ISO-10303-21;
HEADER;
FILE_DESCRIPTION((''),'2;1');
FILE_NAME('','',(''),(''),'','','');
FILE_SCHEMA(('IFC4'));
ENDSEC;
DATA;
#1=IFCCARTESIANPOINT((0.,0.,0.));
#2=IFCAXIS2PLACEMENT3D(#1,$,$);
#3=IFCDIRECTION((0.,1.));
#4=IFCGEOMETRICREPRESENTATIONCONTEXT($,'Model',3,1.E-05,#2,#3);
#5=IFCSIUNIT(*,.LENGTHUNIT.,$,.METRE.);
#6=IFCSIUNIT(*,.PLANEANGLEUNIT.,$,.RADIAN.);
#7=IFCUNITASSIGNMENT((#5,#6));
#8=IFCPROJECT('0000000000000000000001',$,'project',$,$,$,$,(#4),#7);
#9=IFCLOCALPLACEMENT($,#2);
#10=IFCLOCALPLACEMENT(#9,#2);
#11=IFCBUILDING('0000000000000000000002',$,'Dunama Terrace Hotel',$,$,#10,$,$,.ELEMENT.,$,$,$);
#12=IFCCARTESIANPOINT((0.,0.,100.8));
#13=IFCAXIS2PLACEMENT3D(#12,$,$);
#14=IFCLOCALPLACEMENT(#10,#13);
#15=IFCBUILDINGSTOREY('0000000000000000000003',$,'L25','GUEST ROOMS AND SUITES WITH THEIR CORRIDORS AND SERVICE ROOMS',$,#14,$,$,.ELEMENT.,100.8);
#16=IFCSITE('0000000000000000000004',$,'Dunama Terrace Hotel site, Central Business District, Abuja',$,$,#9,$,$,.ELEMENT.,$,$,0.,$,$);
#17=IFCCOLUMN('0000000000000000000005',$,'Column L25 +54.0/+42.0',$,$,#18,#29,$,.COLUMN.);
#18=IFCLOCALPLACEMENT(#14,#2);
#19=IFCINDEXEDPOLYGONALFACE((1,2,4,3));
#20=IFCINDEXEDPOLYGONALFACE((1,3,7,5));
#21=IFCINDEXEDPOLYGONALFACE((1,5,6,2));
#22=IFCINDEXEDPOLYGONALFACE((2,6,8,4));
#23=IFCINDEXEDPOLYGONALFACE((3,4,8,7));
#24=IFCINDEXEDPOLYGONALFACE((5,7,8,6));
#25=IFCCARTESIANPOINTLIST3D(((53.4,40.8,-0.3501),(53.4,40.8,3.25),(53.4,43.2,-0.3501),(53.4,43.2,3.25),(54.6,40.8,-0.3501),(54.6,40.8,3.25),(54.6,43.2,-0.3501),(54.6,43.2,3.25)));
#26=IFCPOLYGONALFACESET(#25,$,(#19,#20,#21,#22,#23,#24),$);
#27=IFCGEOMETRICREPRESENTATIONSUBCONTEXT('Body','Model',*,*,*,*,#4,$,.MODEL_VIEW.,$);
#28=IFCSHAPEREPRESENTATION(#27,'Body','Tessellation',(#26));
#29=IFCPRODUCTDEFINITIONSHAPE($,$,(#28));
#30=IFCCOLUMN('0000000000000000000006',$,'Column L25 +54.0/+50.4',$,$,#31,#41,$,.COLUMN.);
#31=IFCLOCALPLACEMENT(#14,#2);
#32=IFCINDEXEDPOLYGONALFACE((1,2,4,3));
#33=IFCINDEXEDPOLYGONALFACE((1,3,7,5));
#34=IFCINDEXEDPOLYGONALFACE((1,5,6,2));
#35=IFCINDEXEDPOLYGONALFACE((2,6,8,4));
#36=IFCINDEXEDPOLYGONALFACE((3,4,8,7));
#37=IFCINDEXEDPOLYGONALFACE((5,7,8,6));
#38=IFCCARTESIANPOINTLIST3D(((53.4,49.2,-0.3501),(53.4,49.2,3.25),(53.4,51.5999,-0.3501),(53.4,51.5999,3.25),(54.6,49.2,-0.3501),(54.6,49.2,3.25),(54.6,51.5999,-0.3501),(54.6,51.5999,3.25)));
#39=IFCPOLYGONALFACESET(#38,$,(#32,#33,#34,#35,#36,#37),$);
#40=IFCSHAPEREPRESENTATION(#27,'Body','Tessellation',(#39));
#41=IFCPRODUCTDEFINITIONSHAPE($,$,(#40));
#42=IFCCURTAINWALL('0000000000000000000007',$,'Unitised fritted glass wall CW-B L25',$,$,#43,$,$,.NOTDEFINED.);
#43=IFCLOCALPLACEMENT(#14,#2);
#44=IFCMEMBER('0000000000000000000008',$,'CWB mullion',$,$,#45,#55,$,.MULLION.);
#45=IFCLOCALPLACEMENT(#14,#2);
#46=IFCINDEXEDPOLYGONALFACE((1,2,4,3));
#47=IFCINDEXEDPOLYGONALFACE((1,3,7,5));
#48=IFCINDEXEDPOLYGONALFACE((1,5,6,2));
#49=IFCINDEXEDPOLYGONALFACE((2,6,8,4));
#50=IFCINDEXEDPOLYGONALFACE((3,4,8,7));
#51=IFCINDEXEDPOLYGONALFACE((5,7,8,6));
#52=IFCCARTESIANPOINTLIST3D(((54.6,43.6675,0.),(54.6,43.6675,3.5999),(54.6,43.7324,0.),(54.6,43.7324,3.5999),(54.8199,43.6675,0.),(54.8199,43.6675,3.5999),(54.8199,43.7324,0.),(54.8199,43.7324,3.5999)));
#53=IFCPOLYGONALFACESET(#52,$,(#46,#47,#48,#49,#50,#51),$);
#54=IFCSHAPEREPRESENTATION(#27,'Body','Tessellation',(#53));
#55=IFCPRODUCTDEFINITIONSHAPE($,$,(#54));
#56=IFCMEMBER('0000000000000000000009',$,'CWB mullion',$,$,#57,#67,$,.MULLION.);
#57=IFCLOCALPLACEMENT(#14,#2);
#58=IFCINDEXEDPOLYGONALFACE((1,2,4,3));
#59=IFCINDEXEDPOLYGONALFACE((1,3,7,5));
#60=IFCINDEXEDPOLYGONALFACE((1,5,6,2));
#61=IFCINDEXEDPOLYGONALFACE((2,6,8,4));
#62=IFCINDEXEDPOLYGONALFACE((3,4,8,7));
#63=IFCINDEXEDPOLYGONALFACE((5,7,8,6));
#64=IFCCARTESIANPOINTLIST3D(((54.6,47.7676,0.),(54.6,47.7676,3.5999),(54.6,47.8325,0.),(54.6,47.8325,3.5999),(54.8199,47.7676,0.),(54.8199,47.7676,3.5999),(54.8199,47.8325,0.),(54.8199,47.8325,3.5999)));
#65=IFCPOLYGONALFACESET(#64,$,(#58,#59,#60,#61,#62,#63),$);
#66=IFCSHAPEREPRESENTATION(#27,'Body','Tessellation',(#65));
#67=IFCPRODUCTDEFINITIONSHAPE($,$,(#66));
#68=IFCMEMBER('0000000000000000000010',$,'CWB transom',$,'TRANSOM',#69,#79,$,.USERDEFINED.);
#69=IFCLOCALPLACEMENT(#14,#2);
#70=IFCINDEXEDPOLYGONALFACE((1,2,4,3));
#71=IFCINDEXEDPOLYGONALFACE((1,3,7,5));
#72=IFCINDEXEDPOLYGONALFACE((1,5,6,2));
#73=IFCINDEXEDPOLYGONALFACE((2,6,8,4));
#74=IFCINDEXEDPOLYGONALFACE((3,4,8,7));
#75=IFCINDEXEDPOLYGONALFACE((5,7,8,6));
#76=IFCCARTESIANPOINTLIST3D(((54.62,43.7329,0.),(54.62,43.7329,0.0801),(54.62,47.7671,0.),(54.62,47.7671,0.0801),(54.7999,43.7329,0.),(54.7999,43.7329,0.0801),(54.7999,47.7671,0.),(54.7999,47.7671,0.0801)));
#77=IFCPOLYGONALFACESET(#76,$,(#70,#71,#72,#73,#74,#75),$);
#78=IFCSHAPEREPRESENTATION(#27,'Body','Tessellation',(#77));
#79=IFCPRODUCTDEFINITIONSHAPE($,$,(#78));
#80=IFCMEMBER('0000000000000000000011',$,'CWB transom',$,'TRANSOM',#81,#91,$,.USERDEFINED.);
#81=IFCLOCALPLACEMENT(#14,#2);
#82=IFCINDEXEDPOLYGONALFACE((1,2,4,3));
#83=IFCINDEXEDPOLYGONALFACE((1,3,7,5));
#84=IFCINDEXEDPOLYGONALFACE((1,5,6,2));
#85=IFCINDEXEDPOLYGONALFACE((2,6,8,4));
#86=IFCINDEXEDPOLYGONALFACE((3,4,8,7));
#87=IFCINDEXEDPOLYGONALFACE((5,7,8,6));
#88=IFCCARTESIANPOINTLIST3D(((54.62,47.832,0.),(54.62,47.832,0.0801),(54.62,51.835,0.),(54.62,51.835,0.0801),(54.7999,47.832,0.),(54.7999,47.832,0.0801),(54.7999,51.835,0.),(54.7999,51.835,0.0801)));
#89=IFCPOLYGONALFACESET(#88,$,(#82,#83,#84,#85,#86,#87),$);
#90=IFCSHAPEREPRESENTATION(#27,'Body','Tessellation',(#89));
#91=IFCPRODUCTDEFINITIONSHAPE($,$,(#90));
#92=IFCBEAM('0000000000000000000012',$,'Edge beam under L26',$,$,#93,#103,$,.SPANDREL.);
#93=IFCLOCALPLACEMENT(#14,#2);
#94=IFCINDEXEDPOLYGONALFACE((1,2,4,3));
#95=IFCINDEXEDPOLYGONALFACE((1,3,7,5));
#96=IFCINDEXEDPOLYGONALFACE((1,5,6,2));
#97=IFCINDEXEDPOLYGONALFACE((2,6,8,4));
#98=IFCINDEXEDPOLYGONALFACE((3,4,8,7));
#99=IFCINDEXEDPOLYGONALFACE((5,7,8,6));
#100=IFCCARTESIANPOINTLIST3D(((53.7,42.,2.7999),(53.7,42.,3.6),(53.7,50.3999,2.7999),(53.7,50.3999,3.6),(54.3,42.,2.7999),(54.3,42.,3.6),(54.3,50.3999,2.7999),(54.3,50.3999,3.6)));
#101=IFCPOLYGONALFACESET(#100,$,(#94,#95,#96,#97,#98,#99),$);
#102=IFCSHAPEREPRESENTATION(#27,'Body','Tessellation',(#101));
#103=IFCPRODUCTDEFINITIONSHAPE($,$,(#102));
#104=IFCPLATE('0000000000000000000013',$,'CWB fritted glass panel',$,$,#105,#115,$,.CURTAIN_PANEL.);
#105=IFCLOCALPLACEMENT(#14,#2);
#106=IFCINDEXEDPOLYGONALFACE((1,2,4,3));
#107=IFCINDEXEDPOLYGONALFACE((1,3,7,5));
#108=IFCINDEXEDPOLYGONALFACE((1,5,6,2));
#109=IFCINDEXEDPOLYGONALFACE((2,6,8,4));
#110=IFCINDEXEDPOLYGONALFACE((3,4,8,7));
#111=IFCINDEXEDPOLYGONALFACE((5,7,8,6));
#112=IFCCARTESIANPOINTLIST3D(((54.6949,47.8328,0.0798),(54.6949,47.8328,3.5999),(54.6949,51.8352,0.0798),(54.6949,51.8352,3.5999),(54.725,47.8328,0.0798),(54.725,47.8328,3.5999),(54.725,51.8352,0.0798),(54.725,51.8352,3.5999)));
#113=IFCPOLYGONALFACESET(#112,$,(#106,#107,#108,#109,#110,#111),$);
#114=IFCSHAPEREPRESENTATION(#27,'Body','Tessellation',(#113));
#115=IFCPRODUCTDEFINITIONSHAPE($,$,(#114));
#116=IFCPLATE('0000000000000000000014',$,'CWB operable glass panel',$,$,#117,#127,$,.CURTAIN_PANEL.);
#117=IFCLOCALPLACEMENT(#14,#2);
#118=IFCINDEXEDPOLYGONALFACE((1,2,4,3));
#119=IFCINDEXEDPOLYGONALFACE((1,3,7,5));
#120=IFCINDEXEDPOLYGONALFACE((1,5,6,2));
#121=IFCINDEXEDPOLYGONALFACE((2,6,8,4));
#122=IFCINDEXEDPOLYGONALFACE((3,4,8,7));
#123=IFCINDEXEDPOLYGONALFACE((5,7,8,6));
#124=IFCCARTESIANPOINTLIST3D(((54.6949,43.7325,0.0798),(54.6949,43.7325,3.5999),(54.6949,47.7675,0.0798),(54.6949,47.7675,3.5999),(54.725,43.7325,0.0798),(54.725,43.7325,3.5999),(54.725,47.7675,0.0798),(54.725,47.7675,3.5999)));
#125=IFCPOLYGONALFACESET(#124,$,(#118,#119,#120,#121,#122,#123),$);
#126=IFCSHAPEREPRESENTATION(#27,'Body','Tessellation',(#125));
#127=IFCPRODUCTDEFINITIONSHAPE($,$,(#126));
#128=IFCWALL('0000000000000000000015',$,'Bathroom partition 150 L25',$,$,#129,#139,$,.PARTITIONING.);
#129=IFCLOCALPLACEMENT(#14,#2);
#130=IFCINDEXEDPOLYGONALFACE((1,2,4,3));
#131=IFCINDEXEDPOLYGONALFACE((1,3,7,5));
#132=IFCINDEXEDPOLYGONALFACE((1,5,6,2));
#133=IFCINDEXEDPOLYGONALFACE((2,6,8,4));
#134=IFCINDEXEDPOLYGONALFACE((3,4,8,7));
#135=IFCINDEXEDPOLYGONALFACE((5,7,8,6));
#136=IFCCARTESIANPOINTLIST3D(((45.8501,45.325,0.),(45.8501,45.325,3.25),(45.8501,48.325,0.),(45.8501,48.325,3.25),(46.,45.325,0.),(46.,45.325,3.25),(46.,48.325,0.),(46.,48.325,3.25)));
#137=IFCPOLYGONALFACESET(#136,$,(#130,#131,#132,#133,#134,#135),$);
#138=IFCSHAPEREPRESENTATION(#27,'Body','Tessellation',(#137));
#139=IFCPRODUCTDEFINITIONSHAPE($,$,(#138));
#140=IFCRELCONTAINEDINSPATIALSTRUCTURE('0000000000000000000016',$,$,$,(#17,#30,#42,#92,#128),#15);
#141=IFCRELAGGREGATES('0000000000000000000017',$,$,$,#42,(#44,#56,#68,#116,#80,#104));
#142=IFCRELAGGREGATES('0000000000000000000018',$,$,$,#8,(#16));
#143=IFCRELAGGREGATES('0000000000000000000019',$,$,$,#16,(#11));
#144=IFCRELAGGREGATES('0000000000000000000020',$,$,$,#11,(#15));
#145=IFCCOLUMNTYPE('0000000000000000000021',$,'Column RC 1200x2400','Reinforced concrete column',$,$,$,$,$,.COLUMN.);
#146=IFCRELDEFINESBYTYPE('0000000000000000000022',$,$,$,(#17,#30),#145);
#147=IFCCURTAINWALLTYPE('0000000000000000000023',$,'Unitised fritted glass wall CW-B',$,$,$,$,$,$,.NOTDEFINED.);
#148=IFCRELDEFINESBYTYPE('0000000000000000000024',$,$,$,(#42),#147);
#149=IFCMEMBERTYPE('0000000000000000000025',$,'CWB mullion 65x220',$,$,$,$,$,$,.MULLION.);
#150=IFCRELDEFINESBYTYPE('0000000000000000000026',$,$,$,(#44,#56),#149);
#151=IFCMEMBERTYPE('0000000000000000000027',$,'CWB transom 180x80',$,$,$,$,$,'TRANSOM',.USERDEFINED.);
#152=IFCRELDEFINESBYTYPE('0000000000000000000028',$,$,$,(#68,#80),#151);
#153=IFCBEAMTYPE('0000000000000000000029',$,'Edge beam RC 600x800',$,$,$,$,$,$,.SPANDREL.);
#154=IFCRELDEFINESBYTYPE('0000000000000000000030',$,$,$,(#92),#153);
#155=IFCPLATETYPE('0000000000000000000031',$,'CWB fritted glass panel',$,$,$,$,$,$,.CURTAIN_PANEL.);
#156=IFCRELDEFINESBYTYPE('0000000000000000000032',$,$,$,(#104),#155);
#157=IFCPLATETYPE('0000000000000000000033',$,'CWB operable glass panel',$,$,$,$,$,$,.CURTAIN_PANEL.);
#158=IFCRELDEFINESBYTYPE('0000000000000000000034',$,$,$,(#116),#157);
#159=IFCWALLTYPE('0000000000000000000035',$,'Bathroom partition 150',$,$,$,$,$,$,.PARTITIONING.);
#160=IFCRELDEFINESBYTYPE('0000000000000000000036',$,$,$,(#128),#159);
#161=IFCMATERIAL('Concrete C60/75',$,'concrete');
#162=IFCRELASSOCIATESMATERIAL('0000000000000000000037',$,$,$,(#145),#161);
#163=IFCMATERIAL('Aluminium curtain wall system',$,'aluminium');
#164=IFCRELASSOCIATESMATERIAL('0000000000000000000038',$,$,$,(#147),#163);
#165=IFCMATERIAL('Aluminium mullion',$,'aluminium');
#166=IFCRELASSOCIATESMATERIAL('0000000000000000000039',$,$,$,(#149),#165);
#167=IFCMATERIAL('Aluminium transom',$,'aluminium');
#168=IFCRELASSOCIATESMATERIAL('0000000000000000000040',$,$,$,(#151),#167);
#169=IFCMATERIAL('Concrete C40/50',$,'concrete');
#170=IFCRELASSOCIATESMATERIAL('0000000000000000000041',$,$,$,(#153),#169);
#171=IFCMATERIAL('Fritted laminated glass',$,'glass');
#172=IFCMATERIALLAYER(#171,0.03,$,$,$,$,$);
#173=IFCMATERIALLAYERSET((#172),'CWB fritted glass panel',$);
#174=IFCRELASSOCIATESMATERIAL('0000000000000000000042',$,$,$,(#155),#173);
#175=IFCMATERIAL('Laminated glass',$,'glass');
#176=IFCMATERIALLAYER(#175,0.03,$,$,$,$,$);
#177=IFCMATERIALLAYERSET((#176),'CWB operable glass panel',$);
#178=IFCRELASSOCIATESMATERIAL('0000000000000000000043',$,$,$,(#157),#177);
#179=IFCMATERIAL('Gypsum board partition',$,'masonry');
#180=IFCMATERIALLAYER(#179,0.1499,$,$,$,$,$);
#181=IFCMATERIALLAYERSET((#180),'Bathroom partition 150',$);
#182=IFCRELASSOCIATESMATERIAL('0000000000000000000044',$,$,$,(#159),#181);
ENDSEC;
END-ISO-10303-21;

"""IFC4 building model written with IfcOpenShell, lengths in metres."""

from ifc_helpers import new_model, si_unit, direction, frame, frame_2d, origin, origin_2d, place, context, subcontext, project, spatial, rectangle, extrude, material, layer, layer_set, material_profile, profile_set, type_object, element, aggregate, save


model = new_model("IFC4")

# Units and contexts
model_context = context("Model", 3, precision=1e-05, world=origin(), true_north=direction((0.0, 1.0)))
body_context = subcontext(model_context, "Body", "Model", "MODEL_VIEW")
ifc_project = project(units=[si_unit("LENGTHUNIT", "METRE"), si_unit("PLANEANGLEUNIT", "RADIAN")], contexts=[model_context])

# Site, building, storey
site_placement = place(None, origin())
site = spatial("IfcSite", under=ifc_project, at=site_placement, Name="Dunama Terrace Hotel site, Central Business District, Abuja", CompositionType="ELEMENT", RefElevation=0.0)
building_placement = place(site_placement, origin())
building = spatial("IfcBuilding", under=site, at=building_placement, Name="Dunama Terrace Hotel", CompositionType="ELEMENT")
storey_placement = place(building_placement, frame((0.0, 0.0, 100.8)))
storey = spatial("IfcBuildingStorey", under=building, at=storey_placement, Name="L25", Description="GUEST ROOMS AND SUITES WITH THEIR CORRIDORS AND SERVICE ROOMS", CompositionType="ELEMENT", Elevation=100.8)

# Columns
ifc_material_1 = material(Name="Concrete C60/75", Category="concrete")
ifc_material_profile_1 = material_profile(ifc_material_1, rectangle(XDim=1.2, YDim=2.3999, at=origin_2d()), Name="RC 1200x2400")
ifc_profile_set_1 = profile_set([ifc_material_profile_1], Name="Concrete C60/75")
column_type = type_object("IfcColumnType", Name="Column RC 1200x2400", Description="Reinforced concrete column", PredefinedType="COLUMN", material=ifc_profile_set_1)
for number, where, z_axis, x_axis, name in (
    (1, (54.0, 42.0, -0.3501), (0.0, 0.0, 1.0), (1.0, 0.0, 0.0), "Column L25 +54.0/+42.0"),
    (2, (54.0, 50.3999, -0.3501), (0.0, 0.0, 1.0), (1.0, 0.0, 0.0), "Column L25 +54.0/+50.4"),
):
    element("IfcColumn", number, at=place(storey_placement, frame(where, z_axis=z_axis, x_axis=x_axis)), inside=storey, type_object=column_type, Name=name, PredefinedType="COLUMN", context=body_context, shape_type="SweptSolid", body=[
        extrude(rectangle(XDim=1.2, YDim=2.3999, at=origin_2d()), origin(), (0.0, 0.0, 1.0), 3.6001),
    ])

# Curtain wall, members
ifc_material_2 = material(Name="Aluminium curtain wall system", Category="aluminium")
curtain_wall_type = type_object("IfcCurtainWallType", Name="Unitised fritted glass wall CW-B", PredefinedType="NOTDEFINED", material=ifc_material_2)
curtain_wall_placement = place(storey_placement, origin())
curtain_wall = element("IfcCurtainWall", 3, at=curtain_wall_placement, inside=storey, type_object=curtain_wall_type, Name="Unitised fritted glass wall CW-B L25", PredefinedType="NOTDEFINED")
ifc_material_3 = material(Name="Aluminium mullion", Category="aluminium")
ifc_material_profile_2 = material_profile(ifc_material_3, rectangle(XDim=0.0649, YDim=0.22, at=origin_2d()), Name="CWB MULLION 65X220")
ifc_profile_set_2 = profile_set([ifc_material_profile_2], Name="Aluminium mullion")
member_type_1 = type_object("IfcMemberType", Name="CWB mullion 65x220", PredefinedType="MULLION", material=ifc_profile_set_2)
member_1_placement = place(storey_placement, frame((54.71, 43.7, 0.0), z_axis=(0.0, 0.0, 1.0), x_axis=(0.0, 1.0, 0.0)))
member_1 = element("IfcMember", 4, at=member_1_placement, type_object=member_type_1, Name="CWB mullion", PredefinedType="MULLION", context=body_context, shape_type="SweptSolid", body=[
    extrude(rectangle(XDim=0.0649, YDim=0.22, at=origin_2d()), origin(), (0.0, 0.0, 1.0), 3.5999),
])
member_2_placement = place(storey_placement, frame((54.71, 47.8, 0.0), z_axis=(0.0, 0.0, 1.0), x_axis=(0.0, 1.0, 0.0)))
member_2 = element("IfcMember", 5, at=member_2_placement, type_object=member_type_1, Name="CWB mullion", PredefinedType="MULLION", context=body_context, shape_type="SweptSolid", body=[
    extrude(rectangle(XDim=0.0649, YDim=0.22, at=origin_2d()), origin(), (0.0, 0.0, 1.0), 3.5999),
])
ifc_material_4 = material(Name="Aluminium transom", Category="aluminium")
ifc_material_profile_3 = material_profile(ifc_material_4, rectangle(XDim=0.1799, YDim=0.0801, at=origin_2d()), Name="CWB TRANSOM 180X80")
ifc_profile_set_3 = profile_set([ifc_material_profile_3], Name="Aluminium transom")
member_type_2 = type_object("IfcMemberType", Name="CWB transom 180x80", ElementType="TRANSOM", PredefinedType="USERDEFINED", material=ifc_profile_set_3)
member_3_placement = place(storey_placement, frame((54.71, 43.7329, 0.04), z_axis=(0.0, 1.0, 0.0), x_axis=(-1.0, 0.0, 0.0)))
member_3 = element("IfcMember", 6, at=member_3_placement, type_object=member_type_2, Name="CWB transom", ObjectType="TRANSOM", PredefinedType="USERDEFINED", context=body_context, shape_type="SweptSolid", body=[
    extrude(rectangle(XDim=0.1799, YDim=0.0801, at=origin_2d()), origin(), (0.0, 0.0, 1.0), 4.0342),
])
member_4_placement = place(storey_placement, frame((54.71, 47.832, 0.04), z_axis=(0.0, 1.0, 0.0), x_axis=(-1.0, 0.0, 0.0)))
member_4 = element("IfcMember", 7, at=member_4_placement, type_object=member_type_2, Name="CWB transom", ObjectType="TRANSOM", PredefinedType="USERDEFINED", context=body_context, shape_type="SweptSolid", body=[
    extrude(rectangle(XDim=0.1799, YDim=0.0801, at=origin_2d()), origin(), (0.0, 0.0, 1.0), 4.0029),
])

# Beam
ifc_material_5 = material(Name="Concrete C40/50", Category="concrete")
ifc_material_profile_4 = material_profile(ifc_material_5, rectangle(XDim=0.6001, YDim=0.8, at=origin_2d()), Name="RC 600x800")
ifc_profile_set_4 = profile_set([ifc_material_profile_4], Name="Concrete C40/50")
beam_type = type_object("IfcBeamType", Name="Edge beam RC 600x800", PredefinedType="SPANDREL", material=ifc_profile_set_4)
beam_placement = place(storey_placement, frame((54.0, 42.0, 3.2), z_axis=(0.0, 1.0, 0.0), x_axis=(-1.0, 0.0, 0.0)))
element("IfcBeam", 8, at=beam_placement, inside=storey, type_object=beam_type, Name="Edge beam under L26", PredefinedType="SPANDREL", context=body_context, shape_type="SweptSolid", body=[
    extrude(rectangle(XDim=0.6001, YDim=0.8, at=origin_2d()), origin(), (0.0, 0.0, 1.0), 8.3999),
])

# Plates
ifc_material_6 = material(Name="Fritted laminated glass", Category="glass")
ifc_layer_1 = layer(ifc_material_6, 0.03)
ifc_layer_set_1 = layer_set([ifc_layer_1], Name="CWB fritted glass panel")
plate_type_1 = type_object("IfcPlateType", Name="CWB fritted glass panel", PredefinedType="CURTAIN_PANEL", material=ifc_layer_set_1)
plate_1_placement = place(storey_placement, frame((54.71, 49.834, 0.0798), z_axis=(0.0, 0.0, 1.0), x_axis=(0.0, 1.0, 0.0)))
plate_1 = element("IfcPlate", 9, at=plate_1_placement, type_object=plate_type_1, Name="CWB fritted glass panel", PredefinedType="CURTAIN_PANEL", context=body_context, shape_type="SweptSolid", body=[
    extrude(rectangle(XDim=4.0024, YDim=0.03, at=origin_2d()), origin(), (0.0, 0.0, 1.0), 3.52),
])
ifc_material_7 = material(Name="Laminated glass", Category="glass")
ifc_layer_2 = layer(ifc_material_7, 0.03)
ifc_layer_set_2 = layer_set([ifc_layer_2], Name="CWB operable glass panel")
plate_type_2 = type_object("IfcPlateType", Name="CWB operable glass panel", PredefinedType="CURTAIN_PANEL", material=ifc_layer_set_2)
plate_2_placement = place(storey_placement, frame((54.71, 45.75, 0.0798), z_axis=(0.0, 0.0, 1.0), x_axis=(0.0, 1.0, 0.0)))
plate_2 = element("IfcPlate", 10, at=plate_2_placement, type_object=plate_type_2, Name="CWB operable glass panel", PredefinedType="CURTAIN_PANEL", context=body_context, shape_type="SweptSolid", body=[
    extrude(rectangle(XDim=4.0349, YDim=0.03, at=origin_2d()), origin(), (0.0, 0.0, 1.0), 3.52),
])
aggregate(curtain_wall, [member_1, member_2, member_3, plate_2, member_4, plate_1])

# Wall
ifc_material_8 = material(Name="Gypsum board partition", Category="masonry")
ifc_layer_3 = layer(ifc_material_8, 0.1499)
ifc_layer_set_3 = layer_set([ifc_layer_3], Name="Bathroom partition 150")
wall_type_1 = type_object("IfcWallType", Name="Bathroom partition 150", PredefinedType="PARTITIONING", material=ifc_layer_set_3)
wall_1_placement = place(storey_placement, frame((45.925, 45.325, 0.0), z_axis=(0.0, 0.0, 1.0), x_axis=(0.0, 1.0, 0.0)))
element("IfcWall", 11, at=wall_1_placement, inside=storey, type_object=wall_type_1, Name="Bathroom partition 150 L25", PredefinedType="PARTITIONING", context=body_context, shape_type="SweptSolid", body=[
    extrude(rectangle(XDim=3.0, YDim=0.1499, at=frame_2d((1.5, 0.0))), origin(), (0.0, 0.0, 1.0), 3.25),
])

save(model, "model.ifc")
